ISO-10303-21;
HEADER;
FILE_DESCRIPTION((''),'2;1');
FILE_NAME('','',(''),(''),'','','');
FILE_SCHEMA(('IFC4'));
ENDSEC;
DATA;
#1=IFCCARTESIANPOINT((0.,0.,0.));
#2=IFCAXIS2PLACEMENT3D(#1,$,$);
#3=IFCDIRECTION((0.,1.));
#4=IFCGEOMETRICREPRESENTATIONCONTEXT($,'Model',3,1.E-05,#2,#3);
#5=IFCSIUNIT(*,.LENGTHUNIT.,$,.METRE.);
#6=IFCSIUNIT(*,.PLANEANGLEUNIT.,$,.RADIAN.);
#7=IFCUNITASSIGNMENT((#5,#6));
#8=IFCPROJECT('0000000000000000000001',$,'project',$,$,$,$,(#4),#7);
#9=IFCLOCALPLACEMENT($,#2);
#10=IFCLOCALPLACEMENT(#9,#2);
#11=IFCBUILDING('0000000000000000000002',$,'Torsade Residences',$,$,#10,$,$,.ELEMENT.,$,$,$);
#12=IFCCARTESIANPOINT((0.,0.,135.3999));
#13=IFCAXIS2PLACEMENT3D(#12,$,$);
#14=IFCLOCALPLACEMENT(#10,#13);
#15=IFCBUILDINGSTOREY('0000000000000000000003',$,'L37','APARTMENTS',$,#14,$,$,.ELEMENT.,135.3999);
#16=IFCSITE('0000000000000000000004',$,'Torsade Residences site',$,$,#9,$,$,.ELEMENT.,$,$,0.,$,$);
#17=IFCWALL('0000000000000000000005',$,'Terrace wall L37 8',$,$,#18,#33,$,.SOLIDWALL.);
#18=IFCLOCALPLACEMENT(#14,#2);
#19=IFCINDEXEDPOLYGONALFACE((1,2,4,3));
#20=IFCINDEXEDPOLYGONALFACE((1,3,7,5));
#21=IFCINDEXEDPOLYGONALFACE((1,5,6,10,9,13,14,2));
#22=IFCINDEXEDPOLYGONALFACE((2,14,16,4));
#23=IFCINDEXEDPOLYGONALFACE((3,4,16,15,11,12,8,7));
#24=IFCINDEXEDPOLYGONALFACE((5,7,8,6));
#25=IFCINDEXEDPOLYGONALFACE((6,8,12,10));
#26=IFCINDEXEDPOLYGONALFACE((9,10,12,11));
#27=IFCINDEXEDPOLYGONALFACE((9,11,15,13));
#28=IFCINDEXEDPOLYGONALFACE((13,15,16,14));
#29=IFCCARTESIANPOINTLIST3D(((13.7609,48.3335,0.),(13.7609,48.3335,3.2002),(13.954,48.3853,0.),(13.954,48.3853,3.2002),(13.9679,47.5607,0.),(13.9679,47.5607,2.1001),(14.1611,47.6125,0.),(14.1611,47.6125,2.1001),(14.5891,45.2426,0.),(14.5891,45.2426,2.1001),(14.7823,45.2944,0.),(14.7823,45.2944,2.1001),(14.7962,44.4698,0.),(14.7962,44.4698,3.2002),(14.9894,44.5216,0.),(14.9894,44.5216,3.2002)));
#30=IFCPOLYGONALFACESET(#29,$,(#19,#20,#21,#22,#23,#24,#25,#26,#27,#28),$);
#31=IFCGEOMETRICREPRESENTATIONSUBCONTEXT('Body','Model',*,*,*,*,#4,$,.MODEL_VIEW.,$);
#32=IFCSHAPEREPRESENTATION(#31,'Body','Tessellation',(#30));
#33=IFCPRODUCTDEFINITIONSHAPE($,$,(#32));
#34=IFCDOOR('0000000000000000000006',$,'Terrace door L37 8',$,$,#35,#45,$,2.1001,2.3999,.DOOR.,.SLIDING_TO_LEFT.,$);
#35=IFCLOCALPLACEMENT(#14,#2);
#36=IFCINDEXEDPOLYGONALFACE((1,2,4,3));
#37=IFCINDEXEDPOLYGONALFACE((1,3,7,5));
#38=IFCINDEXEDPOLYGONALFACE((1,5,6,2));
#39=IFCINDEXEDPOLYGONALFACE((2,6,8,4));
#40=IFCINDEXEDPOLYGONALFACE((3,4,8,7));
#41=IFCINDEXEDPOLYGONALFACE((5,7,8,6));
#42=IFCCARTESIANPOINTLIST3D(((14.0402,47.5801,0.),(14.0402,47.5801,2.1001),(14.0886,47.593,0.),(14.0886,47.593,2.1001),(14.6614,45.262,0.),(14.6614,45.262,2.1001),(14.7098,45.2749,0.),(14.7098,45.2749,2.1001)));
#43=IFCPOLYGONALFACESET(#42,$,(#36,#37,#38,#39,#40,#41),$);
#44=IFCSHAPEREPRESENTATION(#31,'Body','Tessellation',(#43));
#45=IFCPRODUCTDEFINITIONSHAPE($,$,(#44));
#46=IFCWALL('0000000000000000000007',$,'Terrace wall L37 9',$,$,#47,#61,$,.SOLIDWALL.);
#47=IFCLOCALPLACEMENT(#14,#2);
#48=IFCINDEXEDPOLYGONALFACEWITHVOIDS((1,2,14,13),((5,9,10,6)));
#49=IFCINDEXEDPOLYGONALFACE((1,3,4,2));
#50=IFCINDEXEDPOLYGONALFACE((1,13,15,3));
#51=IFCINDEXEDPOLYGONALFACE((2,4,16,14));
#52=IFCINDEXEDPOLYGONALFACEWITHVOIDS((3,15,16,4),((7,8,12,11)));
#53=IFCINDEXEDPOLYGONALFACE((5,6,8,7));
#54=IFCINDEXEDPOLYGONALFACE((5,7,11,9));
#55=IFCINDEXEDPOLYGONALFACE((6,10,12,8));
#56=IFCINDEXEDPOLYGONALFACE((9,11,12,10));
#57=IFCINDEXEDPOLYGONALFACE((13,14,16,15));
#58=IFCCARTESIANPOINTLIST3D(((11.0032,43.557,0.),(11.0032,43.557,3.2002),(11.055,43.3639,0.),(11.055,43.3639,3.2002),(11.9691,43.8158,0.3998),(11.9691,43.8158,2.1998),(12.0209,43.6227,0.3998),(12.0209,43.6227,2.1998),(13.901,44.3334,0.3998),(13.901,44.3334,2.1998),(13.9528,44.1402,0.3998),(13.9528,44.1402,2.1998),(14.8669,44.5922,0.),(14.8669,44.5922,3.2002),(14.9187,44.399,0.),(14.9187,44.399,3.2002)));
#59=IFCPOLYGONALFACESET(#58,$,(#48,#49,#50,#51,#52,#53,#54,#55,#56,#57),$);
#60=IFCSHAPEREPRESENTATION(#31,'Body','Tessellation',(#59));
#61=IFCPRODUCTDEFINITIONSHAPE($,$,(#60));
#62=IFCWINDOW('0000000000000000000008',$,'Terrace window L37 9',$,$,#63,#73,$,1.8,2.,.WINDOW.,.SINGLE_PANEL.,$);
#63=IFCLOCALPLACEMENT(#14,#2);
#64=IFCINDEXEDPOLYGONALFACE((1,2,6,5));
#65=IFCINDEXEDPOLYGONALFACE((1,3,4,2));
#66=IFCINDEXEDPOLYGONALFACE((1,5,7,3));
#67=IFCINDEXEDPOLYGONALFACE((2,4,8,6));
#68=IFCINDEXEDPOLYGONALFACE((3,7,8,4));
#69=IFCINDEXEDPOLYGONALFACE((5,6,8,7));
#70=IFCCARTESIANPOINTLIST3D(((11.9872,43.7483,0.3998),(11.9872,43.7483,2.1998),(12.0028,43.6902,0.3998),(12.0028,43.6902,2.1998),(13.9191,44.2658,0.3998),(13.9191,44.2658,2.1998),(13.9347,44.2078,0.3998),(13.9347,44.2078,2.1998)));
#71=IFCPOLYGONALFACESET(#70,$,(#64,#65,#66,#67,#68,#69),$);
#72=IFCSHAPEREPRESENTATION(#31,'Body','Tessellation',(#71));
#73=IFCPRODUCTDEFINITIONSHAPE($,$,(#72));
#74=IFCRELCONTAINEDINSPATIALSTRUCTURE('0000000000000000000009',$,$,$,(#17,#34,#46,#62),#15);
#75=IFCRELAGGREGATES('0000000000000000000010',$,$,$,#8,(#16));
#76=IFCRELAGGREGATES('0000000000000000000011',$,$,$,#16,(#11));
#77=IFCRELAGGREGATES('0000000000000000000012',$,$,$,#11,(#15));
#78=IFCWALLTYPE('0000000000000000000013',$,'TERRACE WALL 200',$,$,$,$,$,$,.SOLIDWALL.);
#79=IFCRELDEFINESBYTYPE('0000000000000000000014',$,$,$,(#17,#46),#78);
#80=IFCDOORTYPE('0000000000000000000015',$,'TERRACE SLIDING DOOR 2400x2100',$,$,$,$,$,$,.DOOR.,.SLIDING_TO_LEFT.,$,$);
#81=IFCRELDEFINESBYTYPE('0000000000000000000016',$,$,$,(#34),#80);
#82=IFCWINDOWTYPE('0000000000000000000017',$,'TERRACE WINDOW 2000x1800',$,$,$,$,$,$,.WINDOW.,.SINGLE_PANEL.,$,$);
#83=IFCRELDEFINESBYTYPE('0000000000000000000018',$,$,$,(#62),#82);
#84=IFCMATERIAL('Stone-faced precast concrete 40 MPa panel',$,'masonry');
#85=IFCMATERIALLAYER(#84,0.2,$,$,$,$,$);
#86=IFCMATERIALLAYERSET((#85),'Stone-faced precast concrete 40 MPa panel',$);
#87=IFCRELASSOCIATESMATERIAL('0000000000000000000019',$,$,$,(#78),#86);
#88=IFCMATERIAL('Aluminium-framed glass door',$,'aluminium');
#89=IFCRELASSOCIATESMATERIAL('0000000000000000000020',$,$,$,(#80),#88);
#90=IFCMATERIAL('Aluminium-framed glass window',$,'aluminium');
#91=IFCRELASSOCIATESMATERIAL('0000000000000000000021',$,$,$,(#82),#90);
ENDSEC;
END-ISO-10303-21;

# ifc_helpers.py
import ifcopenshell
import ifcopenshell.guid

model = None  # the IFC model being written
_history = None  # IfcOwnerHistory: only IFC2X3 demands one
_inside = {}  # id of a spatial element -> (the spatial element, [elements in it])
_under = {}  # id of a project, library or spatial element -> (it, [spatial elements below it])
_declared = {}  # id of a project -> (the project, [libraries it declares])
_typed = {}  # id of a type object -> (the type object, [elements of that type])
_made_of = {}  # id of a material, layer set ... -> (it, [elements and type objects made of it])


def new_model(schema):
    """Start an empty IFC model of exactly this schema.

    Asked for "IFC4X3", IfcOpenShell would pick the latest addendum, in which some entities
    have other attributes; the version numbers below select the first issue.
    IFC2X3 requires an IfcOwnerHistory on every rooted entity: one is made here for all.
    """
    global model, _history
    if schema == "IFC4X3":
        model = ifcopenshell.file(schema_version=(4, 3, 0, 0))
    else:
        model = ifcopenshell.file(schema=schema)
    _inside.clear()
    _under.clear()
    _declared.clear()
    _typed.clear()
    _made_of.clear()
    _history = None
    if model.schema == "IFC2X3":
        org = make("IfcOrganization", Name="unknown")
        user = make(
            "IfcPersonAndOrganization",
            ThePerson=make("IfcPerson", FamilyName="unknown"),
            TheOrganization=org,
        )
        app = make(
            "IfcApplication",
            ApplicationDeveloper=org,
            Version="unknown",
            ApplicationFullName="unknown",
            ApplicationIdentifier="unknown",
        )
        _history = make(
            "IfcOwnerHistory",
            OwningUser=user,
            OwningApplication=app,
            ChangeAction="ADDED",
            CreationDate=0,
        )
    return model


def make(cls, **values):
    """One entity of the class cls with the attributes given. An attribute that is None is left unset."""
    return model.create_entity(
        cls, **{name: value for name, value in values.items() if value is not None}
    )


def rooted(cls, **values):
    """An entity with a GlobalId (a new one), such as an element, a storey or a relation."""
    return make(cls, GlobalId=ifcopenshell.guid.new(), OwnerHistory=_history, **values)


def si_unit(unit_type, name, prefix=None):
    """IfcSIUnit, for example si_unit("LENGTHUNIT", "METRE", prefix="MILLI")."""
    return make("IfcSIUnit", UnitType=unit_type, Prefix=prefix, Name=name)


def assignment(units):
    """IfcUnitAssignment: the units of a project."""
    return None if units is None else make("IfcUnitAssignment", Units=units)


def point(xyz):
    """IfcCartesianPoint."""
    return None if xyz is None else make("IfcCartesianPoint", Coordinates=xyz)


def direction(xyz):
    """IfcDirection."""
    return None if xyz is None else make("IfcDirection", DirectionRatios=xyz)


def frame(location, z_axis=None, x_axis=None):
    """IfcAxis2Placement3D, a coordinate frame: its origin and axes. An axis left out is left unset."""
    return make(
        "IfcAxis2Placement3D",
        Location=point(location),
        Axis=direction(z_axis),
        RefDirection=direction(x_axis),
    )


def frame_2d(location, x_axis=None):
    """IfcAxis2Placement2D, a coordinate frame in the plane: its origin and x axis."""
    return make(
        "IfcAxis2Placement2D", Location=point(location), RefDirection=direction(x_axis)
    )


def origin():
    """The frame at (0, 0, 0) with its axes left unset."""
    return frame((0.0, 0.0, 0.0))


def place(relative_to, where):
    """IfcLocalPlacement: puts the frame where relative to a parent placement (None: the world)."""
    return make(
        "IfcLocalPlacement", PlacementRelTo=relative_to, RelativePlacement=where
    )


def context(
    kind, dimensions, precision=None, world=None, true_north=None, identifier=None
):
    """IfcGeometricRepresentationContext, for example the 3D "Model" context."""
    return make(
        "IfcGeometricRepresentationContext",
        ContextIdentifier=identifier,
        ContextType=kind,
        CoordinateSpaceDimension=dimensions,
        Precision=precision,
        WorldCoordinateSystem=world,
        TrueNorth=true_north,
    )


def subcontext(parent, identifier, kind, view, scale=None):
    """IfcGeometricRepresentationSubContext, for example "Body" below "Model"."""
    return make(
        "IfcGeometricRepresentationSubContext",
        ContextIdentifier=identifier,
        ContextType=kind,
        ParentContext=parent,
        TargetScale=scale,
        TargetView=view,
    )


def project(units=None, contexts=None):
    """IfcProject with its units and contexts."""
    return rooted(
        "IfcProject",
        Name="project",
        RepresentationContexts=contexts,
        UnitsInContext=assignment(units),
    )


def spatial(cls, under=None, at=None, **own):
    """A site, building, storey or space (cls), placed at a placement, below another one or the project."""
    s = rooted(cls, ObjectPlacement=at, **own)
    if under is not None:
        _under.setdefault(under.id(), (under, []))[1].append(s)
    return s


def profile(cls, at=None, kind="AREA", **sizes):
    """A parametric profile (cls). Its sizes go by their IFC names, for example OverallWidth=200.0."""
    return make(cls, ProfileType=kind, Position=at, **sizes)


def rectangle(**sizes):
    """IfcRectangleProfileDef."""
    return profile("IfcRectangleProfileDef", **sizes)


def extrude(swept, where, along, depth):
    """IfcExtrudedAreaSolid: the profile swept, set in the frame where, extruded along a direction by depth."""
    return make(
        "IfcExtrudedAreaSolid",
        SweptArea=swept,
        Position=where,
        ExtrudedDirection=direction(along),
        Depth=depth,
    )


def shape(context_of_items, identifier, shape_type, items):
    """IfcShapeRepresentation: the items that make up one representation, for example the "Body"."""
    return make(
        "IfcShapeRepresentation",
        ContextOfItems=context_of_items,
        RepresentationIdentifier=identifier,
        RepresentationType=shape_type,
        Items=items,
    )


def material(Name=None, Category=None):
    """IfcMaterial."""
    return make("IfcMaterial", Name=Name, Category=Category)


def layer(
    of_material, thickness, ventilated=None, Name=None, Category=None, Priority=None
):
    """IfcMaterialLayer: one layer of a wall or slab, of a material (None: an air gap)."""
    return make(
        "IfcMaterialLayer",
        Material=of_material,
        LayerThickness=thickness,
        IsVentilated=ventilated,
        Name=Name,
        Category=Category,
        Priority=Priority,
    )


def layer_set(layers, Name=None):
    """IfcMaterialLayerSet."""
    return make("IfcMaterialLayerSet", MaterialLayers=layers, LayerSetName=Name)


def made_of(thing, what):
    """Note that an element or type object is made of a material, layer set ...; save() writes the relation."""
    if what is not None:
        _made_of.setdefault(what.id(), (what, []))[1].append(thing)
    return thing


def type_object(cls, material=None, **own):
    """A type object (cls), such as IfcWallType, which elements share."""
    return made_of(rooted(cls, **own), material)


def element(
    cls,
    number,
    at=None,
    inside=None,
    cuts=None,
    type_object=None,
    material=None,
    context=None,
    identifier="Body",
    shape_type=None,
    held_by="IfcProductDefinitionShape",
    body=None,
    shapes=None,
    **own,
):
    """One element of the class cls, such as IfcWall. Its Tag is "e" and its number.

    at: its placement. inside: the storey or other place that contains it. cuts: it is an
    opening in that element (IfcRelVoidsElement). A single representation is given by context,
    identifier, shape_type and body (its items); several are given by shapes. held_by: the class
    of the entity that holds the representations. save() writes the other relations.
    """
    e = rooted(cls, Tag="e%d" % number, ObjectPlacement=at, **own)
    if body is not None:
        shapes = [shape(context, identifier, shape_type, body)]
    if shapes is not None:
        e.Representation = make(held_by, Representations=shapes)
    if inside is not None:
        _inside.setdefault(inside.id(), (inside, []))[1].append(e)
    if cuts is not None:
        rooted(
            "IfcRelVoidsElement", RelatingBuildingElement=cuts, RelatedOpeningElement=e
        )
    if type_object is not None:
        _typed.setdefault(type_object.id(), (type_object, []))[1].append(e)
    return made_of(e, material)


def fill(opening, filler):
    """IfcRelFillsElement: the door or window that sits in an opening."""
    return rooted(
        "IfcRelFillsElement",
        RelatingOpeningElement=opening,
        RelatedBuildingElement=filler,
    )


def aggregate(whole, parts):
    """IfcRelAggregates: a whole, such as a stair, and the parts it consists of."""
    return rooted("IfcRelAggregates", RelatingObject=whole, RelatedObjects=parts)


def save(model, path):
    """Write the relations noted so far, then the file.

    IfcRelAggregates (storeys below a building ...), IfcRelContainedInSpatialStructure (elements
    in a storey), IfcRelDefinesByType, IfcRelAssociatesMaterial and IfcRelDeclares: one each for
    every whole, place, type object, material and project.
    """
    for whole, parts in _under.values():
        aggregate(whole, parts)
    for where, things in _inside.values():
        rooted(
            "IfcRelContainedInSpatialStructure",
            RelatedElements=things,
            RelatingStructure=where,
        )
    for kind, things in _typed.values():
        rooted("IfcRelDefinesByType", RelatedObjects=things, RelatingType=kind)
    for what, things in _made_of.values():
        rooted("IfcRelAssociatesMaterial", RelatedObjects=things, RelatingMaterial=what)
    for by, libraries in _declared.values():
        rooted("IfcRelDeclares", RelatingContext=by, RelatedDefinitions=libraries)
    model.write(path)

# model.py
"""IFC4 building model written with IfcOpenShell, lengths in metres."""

from ifc_helpers import new_model, si_unit, direction, frame, frame_2d, origin, place, context, subcontext, project, spatial, rectangle, extrude, material, layer, layer_set, type_object, element, fill, save


model = new_model("IFC4")

# Units and contexts
model_context = context("Model", 3, precision=1e-05, world=origin(), true_north=direction((0.0, 1.0)))
body_context = subcontext(model_context, "Body", "Model", "MODEL_VIEW")
ifc_project = project(units=[si_unit("LENGTHUNIT", "METRE"), si_unit("PLANEANGLEUNIT", "RADIAN")], contexts=[model_context])

# Site, building, storey
site_placement = place(None, origin())
site = spatial("IfcSite", under=ifc_project, at=site_placement, Name="Torsade Residences site", CompositionType="ELEMENT", RefElevation=0.0)
building_placement = place(site_placement, origin())
building = spatial("IfcBuilding", under=site, at=building_placement, Name="Torsade Residences", CompositionType="ELEMENT")
storey_placement = place(building_placement, frame((0.0, 0.0, 135.3999)))
storey = spatial("IfcBuildingStorey", under=building, at=storey_placement, Name="L37", Description="APARTMENTS", CompositionType="ELEMENT", Elevation=135.3999)

# Wall, opening, door
ifc_material_1 = material(Name="Stone-faced precast concrete 40 MPa panel", Category="masonry")
ifc_layer_1 = layer(ifc_material_1, 0.2)
ifc_layer_set_1 = layer_set([ifc_layer_1], Name="Stone-faced precast concrete 40 MPa panel")
wall_type_1 = type_object("IfcWallType", Name="TERRACE WALL 200", PredefinedType="SOLIDWALL", material=ifc_layer_set_1)
wall_1_placement = place(storey_placement, frame((13.8574, 48.3594, 0.0), z_axis=(0.0, 0.0, 1.0), x_axis=(0.258844, -0.965919, 0.0)))
wall_1 = element("IfcWall", 1, at=wall_1_placement, inside=storey, type_object=wall_type_1, Name="Terrace wall L37 8", PredefinedType="SOLIDWALL", context=body_context, shape_type="SweptSolid", body=[
    extrude(rectangle(XDim=4.0, YDim=0.2, at=frame_2d((2.0, 0.0))), origin(), (0.0, 0.0, 1.0), 3.2002),
])
opening_1_placement = place(wall_1_placement, frame((0.8, 0.0, 0.0)))
opening_1 = element("IfcOpeningElement", 2, at=opening_1_placement, cuts=wall_1, PredefinedType="OPENING", context=body_context, shape_type="SweptSolid", body=[
    extrude(rectangle(XDim=2.3999, YDim=2.1001, at=frame_2d((1.2, 1.05))), frame((0.0, 0.1099, 0.0), z_axis=(0.0, -1.0, 0.0), x_axis=(1.0, 0.0, 0.0)), (0.0, 0.0, 1.0), 0.22),
])
ifc_material_2 = material(Name="Aluminium-framed glass door", Category="aluminium")
door_type = type_object("IfcDoorType", Name="TERRACE SLIDING DOOR 2400x2100", OperationType="SLIDING_TO_LEFT", PredefinedType="DOOR", material=ifc_material_2)
door_placement = place(opening_1_placement, origin())
door = element("IfcDoor", 3, at=door_placement, inside=storey, type_object=door_type, Name="Terrace door L37 8", OperationType="SLIDING_TO_LEFT", OverallHeight=2.1001, OverallWidth=2.3999, PredefinedType="DOOR", context=body_context, shape_type="SweptSolid", body=[
    extrude(rectangle(XDim=2.3999, YDim=2.1001, at=frame_2d((1.2, 1.05))), frame((0.0, 0.0249, 0.0), z_axis=(0.0, -1.0, 0.0), x_axis=(1.0, 0.0, 0.0)), (0.0, 0.0, 1.0), 0.05),
])
fill(opening_1, door)

# Wall, opening, window
wall_2_placement = place(storey_placement, frame((14.8928, 44.4956, 0.0), z_axis=(0.0, 0.0, 1.0), x_axis=(-0.965934, -0.258787, 0.0)))
wall_2 = element("IfcWall", 4, at=wall_2_placement, inside=storey, type_object=wall_type_1, Name="Terrace wall L37 9", PredefinedType="SOLIDWALL", context=body_context, shape_type="SweptSolid", body=[
    extrude(rectangle(XDim=4.0, YDim=0.2, at=frame_2d((2.0, 0.0))), origin(), (0.0, 0.0, 1.0), 3.2002),
])
opening_2_placement = place(wall_2_placement, frame((1.0, 0.0, 0.3999)))
opening_2 = element("IfcOpeningElement", 5, at=opening_2_placement, cuts=wall_2, PredefinedType="OPENING", context=body_context, shape_type="SweptSolid", body=[
    extrude(rectangle(XDim=2.0, YDim=1.8, at=frame_2d((1.0, 0.8999))), frame((0.0, 0.1099, 0.0), z_axis=(0.0, -1.0, 0.0), x_axis=(1.0, 0.0, 0.0)), (0.0, 0.0, 1.0), 0.22),
])
ifc_material_3 = material(Name="Aluminium-framed glass window", Category="aluminium")
window_type = type_object("IfcWindowType", Name="TERRACE WINDOW 2000x1800", PartitioningType="SINGLE_PANEL", PredefinedType="WINDOW", material=ifc_material_3)
window_placement = place(opening_2_placement, origin())
window = element("IfcWindow", 6, at=window_placement, inside=storey, type_object=window_type, Name="Terrace window L37 9", OverallHeight=1.8, OverallWidth=2.0, PartitioningType="SINGLE_PANEL", PredefinedType="WINDOW", context=body_context, shape_type="SweptSolid", body=[
    extrude(rectangle(XDim=2.0, YDim=1.8, at=frame_2d((1.0, 0.8999))), frame((0.0, 0.03, 0.0), z_axis=(0.0, -1.0, 0.0), x_axis=(1.0, 0.0, 0.0)), (0.0, 0.0, 1.0), 0.0601),
])
fill(opening_2, window)

save(model, "model.ifc")
